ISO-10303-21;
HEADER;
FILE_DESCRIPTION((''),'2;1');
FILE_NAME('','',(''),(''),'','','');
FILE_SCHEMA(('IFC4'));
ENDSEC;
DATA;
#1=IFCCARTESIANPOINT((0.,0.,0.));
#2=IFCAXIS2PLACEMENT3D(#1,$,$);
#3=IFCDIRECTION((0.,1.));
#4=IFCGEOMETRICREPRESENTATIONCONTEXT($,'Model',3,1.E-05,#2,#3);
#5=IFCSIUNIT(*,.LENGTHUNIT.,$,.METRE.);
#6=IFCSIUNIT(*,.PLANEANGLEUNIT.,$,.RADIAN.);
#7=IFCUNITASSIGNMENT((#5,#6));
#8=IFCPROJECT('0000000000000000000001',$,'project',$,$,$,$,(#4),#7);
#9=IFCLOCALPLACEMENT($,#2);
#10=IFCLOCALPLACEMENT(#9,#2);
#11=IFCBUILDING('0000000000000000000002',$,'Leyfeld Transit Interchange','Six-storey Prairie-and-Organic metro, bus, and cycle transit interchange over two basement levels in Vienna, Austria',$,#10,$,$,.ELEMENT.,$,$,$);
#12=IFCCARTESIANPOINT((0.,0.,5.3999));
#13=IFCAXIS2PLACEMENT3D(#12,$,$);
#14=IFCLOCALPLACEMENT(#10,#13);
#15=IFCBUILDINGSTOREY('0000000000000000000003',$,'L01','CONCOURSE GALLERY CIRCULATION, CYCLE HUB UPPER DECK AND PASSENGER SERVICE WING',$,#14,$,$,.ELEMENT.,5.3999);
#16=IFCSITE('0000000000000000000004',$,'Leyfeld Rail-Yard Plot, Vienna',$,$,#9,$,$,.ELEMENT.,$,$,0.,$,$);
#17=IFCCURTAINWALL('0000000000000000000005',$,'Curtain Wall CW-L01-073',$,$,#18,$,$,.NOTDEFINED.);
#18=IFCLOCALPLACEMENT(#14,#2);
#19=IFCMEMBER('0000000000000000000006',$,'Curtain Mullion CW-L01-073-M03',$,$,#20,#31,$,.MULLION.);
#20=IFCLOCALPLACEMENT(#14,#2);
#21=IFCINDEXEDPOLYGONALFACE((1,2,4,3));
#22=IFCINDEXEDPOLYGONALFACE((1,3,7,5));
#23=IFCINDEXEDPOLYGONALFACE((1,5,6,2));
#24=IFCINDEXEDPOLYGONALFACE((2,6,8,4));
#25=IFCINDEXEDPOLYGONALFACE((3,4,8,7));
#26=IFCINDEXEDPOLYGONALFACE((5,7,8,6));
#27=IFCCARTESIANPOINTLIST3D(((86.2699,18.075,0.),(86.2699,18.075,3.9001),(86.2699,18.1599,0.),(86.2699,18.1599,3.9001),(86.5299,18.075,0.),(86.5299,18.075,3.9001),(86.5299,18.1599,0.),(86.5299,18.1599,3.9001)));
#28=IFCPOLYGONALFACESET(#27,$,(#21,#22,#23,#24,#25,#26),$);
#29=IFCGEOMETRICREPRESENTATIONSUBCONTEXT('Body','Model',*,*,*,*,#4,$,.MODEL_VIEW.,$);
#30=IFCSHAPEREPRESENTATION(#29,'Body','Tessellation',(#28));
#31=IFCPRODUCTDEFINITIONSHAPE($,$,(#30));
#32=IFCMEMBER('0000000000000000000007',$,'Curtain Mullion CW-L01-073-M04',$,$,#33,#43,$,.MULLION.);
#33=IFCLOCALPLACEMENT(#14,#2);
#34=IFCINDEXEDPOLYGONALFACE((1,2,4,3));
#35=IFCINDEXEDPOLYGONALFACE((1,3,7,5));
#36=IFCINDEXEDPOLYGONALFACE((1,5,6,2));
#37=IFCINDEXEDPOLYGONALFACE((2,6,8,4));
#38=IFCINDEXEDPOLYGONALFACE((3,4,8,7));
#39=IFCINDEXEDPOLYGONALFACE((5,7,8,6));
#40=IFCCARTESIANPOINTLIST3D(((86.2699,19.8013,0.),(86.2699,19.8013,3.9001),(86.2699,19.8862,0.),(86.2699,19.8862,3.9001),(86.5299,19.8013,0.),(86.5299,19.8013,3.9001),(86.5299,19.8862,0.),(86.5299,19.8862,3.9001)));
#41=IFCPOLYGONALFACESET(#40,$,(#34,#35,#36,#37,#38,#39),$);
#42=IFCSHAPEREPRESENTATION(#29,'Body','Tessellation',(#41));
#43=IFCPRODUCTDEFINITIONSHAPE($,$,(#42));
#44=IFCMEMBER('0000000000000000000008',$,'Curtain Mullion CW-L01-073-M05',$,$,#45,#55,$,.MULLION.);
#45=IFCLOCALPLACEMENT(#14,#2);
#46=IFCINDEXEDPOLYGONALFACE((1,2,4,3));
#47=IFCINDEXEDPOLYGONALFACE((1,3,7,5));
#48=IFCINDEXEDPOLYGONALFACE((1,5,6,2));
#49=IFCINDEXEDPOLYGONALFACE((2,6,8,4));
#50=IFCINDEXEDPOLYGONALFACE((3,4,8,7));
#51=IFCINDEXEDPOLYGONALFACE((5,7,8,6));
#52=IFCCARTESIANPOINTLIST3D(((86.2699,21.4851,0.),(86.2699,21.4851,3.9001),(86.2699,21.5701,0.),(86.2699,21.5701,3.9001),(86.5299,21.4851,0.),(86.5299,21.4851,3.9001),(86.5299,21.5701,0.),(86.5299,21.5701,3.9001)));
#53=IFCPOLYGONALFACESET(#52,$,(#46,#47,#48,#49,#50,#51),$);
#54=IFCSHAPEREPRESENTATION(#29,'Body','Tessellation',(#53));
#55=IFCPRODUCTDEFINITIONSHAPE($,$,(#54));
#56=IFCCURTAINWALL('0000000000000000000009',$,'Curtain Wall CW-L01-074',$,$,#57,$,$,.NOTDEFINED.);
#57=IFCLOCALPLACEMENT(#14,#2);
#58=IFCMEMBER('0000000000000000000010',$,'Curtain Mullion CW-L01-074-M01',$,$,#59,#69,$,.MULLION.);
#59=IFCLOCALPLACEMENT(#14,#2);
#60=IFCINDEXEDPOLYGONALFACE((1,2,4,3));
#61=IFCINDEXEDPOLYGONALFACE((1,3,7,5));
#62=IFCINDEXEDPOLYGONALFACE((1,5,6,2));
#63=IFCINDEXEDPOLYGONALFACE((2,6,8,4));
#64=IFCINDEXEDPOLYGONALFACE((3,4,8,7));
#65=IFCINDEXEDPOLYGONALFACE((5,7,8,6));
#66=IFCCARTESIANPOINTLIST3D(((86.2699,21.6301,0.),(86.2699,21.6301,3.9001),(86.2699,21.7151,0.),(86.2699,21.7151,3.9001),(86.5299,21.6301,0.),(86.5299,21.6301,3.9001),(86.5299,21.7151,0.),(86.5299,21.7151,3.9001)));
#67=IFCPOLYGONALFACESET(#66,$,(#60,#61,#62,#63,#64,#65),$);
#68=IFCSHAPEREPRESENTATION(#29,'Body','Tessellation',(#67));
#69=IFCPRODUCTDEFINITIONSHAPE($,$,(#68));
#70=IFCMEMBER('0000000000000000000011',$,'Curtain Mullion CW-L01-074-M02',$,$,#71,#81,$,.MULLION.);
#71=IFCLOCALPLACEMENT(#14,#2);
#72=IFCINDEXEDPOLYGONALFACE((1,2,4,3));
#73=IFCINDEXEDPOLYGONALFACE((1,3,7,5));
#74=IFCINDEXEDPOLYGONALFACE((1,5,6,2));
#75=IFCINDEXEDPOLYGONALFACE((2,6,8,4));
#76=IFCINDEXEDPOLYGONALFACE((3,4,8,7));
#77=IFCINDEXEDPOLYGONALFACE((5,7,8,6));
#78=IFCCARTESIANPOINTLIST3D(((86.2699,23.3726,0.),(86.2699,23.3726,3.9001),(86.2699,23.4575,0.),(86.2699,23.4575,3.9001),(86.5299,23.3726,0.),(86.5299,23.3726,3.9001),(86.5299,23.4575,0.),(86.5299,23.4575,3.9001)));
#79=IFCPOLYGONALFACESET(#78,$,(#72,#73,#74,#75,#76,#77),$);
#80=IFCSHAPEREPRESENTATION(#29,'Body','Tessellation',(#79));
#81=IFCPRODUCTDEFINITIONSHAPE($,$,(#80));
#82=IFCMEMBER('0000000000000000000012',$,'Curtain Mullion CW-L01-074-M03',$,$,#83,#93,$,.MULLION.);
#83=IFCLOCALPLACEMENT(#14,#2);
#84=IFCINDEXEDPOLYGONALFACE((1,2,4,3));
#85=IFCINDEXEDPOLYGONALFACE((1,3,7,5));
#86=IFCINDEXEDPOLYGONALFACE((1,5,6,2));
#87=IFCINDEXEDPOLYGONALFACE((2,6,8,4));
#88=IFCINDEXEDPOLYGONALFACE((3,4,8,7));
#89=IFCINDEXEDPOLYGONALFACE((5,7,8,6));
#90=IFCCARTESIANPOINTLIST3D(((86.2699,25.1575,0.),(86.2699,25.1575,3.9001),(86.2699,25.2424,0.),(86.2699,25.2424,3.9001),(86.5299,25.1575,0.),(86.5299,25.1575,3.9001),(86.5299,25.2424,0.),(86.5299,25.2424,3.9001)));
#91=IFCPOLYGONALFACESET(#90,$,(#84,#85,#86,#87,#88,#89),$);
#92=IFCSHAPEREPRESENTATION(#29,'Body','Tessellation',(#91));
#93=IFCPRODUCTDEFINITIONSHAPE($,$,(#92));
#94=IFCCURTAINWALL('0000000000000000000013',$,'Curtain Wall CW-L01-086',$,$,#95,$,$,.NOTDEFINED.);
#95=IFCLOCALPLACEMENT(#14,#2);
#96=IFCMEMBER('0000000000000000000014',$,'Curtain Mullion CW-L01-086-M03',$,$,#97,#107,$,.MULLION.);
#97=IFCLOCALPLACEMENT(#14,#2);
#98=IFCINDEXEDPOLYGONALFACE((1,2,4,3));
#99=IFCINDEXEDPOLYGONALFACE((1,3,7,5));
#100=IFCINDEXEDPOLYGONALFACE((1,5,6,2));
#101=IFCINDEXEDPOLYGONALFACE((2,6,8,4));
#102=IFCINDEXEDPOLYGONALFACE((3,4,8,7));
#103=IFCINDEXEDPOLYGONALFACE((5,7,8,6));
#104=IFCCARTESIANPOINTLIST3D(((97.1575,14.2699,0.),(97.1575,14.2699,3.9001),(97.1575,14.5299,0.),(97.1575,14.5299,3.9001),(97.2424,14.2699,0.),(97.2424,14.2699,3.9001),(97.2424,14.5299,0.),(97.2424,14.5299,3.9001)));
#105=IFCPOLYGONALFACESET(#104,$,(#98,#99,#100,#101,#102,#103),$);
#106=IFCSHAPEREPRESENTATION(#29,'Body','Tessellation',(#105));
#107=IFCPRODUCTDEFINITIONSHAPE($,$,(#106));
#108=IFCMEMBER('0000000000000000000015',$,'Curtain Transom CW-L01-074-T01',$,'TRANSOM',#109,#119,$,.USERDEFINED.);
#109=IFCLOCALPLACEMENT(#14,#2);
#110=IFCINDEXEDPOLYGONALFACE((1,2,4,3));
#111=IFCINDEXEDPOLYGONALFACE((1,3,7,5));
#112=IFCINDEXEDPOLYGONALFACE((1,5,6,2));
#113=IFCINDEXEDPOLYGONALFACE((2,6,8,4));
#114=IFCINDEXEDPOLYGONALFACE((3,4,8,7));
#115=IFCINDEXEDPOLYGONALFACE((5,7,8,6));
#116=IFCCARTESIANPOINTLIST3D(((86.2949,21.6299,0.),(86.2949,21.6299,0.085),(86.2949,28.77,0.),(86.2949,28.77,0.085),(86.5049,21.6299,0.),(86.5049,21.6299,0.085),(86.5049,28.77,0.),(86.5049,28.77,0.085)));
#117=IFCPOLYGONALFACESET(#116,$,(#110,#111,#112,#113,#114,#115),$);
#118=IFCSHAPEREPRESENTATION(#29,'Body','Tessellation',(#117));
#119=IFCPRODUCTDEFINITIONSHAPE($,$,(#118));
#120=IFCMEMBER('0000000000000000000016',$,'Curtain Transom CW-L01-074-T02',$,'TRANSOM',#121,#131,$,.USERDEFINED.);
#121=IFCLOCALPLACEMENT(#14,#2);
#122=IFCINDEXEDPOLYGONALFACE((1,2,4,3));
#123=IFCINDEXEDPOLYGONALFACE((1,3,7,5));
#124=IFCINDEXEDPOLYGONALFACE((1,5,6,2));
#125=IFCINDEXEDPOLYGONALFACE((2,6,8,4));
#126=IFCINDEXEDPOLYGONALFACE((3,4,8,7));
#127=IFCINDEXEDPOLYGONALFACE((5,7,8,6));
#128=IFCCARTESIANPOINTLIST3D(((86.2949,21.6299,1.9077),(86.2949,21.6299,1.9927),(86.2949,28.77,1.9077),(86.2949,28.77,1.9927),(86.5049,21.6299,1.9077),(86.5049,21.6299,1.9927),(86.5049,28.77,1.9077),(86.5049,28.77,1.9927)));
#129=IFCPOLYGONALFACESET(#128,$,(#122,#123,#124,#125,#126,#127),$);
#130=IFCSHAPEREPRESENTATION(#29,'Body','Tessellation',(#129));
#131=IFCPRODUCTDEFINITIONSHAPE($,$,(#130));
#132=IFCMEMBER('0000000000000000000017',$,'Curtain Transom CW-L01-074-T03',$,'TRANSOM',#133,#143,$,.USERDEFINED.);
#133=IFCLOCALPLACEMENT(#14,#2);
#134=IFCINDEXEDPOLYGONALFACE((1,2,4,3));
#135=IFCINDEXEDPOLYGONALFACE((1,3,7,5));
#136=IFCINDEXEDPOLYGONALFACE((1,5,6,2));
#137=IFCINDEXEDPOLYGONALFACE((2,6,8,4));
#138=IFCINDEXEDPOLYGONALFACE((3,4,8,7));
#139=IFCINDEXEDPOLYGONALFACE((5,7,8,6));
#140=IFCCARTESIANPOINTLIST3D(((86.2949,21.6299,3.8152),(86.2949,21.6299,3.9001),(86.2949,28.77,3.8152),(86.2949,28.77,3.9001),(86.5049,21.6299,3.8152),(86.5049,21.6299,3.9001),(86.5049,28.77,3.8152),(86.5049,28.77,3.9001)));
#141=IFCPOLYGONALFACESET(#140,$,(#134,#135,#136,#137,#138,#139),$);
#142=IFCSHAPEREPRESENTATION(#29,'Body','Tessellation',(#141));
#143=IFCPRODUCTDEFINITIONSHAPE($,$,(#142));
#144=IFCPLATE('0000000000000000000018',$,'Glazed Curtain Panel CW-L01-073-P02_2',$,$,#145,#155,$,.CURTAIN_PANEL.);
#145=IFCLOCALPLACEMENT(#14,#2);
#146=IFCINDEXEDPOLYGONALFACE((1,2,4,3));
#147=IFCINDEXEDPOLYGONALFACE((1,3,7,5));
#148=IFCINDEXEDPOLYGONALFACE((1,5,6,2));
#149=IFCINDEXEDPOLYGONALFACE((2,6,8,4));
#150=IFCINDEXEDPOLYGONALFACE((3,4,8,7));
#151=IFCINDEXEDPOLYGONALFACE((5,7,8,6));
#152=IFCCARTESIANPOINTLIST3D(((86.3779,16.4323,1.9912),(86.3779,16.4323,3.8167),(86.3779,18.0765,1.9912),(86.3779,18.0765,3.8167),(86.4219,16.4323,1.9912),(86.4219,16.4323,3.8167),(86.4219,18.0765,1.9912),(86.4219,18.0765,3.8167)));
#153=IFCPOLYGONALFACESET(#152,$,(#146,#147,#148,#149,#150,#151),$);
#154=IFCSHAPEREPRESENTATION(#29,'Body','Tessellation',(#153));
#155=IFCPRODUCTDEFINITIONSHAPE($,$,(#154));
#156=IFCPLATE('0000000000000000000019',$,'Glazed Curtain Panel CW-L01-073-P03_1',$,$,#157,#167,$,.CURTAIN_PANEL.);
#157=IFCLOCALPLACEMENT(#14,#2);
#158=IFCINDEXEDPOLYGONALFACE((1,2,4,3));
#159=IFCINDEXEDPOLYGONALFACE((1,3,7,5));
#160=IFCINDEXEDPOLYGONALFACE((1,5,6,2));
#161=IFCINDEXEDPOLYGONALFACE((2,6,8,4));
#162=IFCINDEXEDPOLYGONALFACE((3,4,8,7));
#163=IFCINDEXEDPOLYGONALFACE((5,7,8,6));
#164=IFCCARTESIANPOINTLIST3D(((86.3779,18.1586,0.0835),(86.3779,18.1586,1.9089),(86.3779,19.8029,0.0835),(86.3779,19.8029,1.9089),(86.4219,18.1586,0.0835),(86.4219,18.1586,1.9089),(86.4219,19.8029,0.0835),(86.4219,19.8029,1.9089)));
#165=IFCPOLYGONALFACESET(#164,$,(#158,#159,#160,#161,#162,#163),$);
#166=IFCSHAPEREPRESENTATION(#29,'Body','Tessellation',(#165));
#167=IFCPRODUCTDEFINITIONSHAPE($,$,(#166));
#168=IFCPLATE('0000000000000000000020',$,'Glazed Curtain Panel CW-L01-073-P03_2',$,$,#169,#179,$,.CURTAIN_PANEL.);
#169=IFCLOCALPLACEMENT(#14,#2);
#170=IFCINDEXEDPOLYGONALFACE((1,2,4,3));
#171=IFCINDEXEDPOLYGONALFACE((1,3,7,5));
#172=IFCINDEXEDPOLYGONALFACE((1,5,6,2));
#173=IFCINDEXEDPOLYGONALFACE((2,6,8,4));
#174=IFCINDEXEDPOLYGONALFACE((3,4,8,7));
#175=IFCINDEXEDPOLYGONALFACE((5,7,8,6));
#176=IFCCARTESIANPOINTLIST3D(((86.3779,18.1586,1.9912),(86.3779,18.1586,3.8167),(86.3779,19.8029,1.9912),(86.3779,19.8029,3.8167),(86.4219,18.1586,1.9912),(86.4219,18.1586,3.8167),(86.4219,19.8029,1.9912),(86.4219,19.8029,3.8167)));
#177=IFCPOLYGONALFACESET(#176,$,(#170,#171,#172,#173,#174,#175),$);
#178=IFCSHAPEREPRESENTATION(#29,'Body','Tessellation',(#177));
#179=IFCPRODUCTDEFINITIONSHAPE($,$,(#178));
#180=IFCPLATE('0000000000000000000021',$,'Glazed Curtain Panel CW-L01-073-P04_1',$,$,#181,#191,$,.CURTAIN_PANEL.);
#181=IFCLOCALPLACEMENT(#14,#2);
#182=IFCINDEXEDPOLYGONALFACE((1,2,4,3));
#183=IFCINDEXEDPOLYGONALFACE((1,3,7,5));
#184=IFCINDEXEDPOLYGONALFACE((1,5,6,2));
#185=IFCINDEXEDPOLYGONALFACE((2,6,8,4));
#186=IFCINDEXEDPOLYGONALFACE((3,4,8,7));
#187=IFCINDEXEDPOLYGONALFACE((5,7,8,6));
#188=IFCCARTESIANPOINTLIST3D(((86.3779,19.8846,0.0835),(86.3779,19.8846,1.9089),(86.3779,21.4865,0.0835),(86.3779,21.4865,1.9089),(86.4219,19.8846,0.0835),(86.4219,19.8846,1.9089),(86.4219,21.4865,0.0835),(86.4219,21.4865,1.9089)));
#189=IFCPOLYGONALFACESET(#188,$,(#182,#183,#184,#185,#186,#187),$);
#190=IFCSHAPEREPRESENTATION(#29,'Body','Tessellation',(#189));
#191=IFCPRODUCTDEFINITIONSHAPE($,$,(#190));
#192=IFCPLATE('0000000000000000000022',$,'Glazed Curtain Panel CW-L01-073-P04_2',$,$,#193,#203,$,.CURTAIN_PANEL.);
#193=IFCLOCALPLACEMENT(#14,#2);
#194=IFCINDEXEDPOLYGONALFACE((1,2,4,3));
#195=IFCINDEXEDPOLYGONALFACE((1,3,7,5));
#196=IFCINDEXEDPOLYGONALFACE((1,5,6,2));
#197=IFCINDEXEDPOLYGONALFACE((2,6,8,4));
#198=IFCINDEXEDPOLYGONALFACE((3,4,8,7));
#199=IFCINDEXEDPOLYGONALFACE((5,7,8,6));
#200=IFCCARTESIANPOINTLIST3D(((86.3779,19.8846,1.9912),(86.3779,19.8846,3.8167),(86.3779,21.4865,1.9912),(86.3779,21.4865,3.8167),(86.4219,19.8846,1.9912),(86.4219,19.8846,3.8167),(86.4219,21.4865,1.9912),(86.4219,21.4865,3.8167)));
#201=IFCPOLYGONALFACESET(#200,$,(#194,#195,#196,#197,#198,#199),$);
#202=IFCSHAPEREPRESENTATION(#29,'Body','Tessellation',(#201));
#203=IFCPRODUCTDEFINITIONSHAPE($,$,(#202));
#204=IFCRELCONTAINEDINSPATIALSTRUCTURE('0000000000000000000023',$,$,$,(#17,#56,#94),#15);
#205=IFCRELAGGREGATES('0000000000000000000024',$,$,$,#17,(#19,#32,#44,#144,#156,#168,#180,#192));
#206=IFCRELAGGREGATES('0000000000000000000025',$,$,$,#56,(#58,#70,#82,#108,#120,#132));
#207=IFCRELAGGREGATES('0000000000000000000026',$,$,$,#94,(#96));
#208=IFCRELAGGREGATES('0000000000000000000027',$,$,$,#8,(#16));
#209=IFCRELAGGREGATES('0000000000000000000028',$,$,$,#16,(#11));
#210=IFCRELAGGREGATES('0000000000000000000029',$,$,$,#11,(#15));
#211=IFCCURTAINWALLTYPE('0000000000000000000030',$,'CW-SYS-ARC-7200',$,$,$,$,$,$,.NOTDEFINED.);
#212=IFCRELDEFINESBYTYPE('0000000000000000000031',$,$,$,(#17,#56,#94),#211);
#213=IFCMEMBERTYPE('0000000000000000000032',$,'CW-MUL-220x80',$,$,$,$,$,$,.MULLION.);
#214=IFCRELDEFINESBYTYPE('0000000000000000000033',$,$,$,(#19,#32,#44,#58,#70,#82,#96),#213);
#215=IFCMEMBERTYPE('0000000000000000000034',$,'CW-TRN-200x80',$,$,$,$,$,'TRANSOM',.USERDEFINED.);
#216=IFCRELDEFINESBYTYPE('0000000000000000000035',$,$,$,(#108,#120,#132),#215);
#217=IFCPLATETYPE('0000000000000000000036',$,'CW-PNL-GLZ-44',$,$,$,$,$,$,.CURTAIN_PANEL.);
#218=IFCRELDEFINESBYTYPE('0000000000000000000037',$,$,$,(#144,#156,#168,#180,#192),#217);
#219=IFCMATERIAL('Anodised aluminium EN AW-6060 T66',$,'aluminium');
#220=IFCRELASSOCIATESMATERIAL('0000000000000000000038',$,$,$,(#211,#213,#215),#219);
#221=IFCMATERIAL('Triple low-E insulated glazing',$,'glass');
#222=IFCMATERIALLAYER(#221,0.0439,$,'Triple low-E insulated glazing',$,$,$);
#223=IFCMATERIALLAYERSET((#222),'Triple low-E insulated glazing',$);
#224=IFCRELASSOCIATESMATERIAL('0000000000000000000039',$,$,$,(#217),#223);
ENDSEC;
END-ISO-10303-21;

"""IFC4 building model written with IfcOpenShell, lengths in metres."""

from ifc_helpers import new_model, si_unit, direction, frame, origin, origin_2d, place, context, subcontext, project, spatial, rectangle, extrude, material, layer, layer_set, material_profile, profile_set, type_object, element, aggregate, save


model = new_model("IFC4")

# Units and contexts
model_context = context("Model", 3, precision=1e-05, world=origin(), true_north=direction((0.0, 1.0)))
body_context = subcontext(model_context, "Body", "Model", "MODEL_VIEW")
ifc_project = project(units=[si_unit("LENGTHUNIT", "METRE"), si_unit("PLANEANGLEUNIT", "RADIAN")], contexts=[model_context])

# Site, building, storey
site_placement = place(None, origin())
site = spatial("IfcSite", under=ifc_project, at=site_placement, Name="Leyfeld Rail-Yard Plot, Vienna", CompositionType="ELEMENT", RefElevation=0.0)
building_placement = place(site_placement, origin())
building = spatial("IfcBuilding", under=site, at=building_placement, Name="Leyfeld Transit Interchange", Description="Six-storey Prairie-and-Organic metro, bus, and cycle transit interchange over two basement levels in Vienna, Austria", CompositionType="ELEMENT")
storey_placement = place(building_placement, frame((0.0, 0.0, 5.3999)))
storey = spatial("IfcBuildingStorey", under=building, at=storey_placement, Name="L01", Description="CONCOURSE GALLERY CIRCULATION, CYCLE HUB UPPER DECK AND PASSENGER SERVICE WING", CompositionType="ELEMENT", Elevation=5.3999)

# Curtain walls, members
ifc_material_1 = material(Name="Anodised aluminium EN AW-6060 T66", Category="aluminium")
curtain_wall_type = type_object("IfcCurtainWallType", Name="CW-SYS-ARC-7200", PredefinedType="NOTDEFINED", material=ifc_material_1)
curtain_wall_1_placement = place(storey_placement, origin())
curtain_wall_1 = element("IfcCurtainWall", 1, at=curtain_wall_1_placement, inside=storey, type_object=curtain_wall_type, Name="Curtain Wall CW-L01-073", PredefinedType="NOTDEFINED")
ifc_material_profile_1 = material_profile(ifc_material_1, rectangle(XDim=0.085, YDim=0.26, at=origin_2d()), Name="CW-M 85x260")
ifc_profile_set_1 = profile_set([ifc_material_profile_1], Name="Anodised aluminium EN AW-6060 T66")
member_type_1 = type_object("IfcMemberType", Name="CW-MUL-220x80", PredefinedType="MULLION", material=ifc_profile_set_1)
member_1_placement = place(storey_placement, frame((86.3999, 18.1174, 0.0), z_axis=(0.0, 0.0, 1.0), x_axis=(0.0, 1.0, 0.0)))
member_1 = element("IfcMember", 2, at=member_1_placement, type_object=member_type_1, Name="Curtain Mullion CW-L01-073-M03", PredefinedType="MULLION", context=body_context, shape_type="SweptSolid", body=[
    extrude(rectangle(XDim=0.085, YDim=0.26, at=origin_2d()), origin(), (0.0, 0.0, 1.0), 3.9001),
])
member_2_placement = place(storey_placement, frame((86.3999, 19.8438, 0.0), z_axis=(0.0, 0.0, 1.0), x_axis=(0.0, 1.0, 0.0)))
member_2 = element("IfcMember", 3, at=member_2_placement, type_object=member_type_1, Name="Curtain Mullion CW-L01-073-M04", PredefinedType="MULLION", context=body_context, shape_type="SweptSolid", body=[
    extrude(rectangle(XDim=0.085, YDim=0.26, at=origin_2d()), origin(), (0.0, 0.0, 1.0), 3.9001),
])
member_3_placement = place(storey_placement, frame((86.3999, 21.5276, 0.0), z_axis=(0.0, 0.0, 1.0), x_axis=(0.0, 1.0, 0.0)))
member_3 = element("IfcMember", 4, at=member_3_placement, type_object=member_type_1, Name="Curtain Mullion CW-L01-073-M05", PredefinedType="MULLION", context=body_context, shape_type="SweptSolid", body=[
    extrude(rectangle(XDim=0.085, YDim=0.26, at=origin_2d()), origin(), (0.0, 0.0, 1.0), 3.9001),
])
curtain_wall_2_placement = place(storey_placement, origin())
curtain_wall_2 = element("IfcCurtainWall", 5, at=curtain_wall_2_placement, inside=storey, type_object=curtain_wall_type, Name="Curtain Wall CW-L01-074", PredefinedType="NOTDEFINED")
member_4_placement = place(storey_placement, frame((86.3999, 21.6726, 0.0), z_axis=(0.0, 0.0, 1.0), x_axis=(0.0, 1.0, 0.0)))
member_4 = element("IfcMember", 6, at=member_4_placement, type_object=member_type_1, Name="Curtain Mullion CW-L01-074-M01", PredefinedType="MULLION", context=body_context, shape_type="SweptSolid", body=[
    extrude(rectangle(XDim=0.085, YDim=0.26, at=origin_2d()), origin(), (0.0, 0.0, 1.0), 3.9001),
])
member_5_placement = place(storey_placement, frame((86.3999, 23.415, 0.0), z_axis=(0.0, 0.0, 1.0), x_axis=(0.0, 1.0, 0.0)))
member_5 = element("IfcMember", 7, at=member_5_placement, type_object=member_type_1, Name="Curtain Mullion CW-L01-074-M02", PredefinedType="MULLION", context=body_context, shape_type="SweptSolid", body=[
    extrude(rectangle(XDim=0.085, YDim=0.26, at=origin_2d()), origin(), (0.0, 0.0, 1.0), 3.9001),
])
member_6_placement = place(storey_placement, frame((86.3999, 25.2, 0.0), z_axis=(0.0, 0.0, 1.0), x_axis=(0.0, 1.0, 0.0)))
member_6 = element("IfcMember", 8, at=member_6_placement, type_object=member_type_1, Name="Curtain Mullion CW-L01-074-M03", PredefinedType="MULLION", context=body_context, shape_type="SweptSolid", body=[
    extrude(rectangle(XDim=0.085, YDim=0.26, at=origin_2d()), origin(), (0.0, 0.0, 1.0), 3.9001),
])

# Curtain wall, member
curtain_wall_3_placement = place(storey_placement, origin())
curtain_wall_3 = element("IfcCurtainWall", 9, at=curtain_wall_3_placement, inside=storey, type_object=curtain_wall_type, Name="Curtain Wall CW-L01-086", PredefinedType="NOTDEFINED")
member_7_placement = place(storey_placement, frame((97.2, 14.3999, 0.0), z_axis=(0.0, 0.0, 1.0), x_axis=(-1.0, 0.0, 0.0)))
member_7 = element("IfcMember", 10, at=member_7_placement, type_object=member_type_1, Name="Curtain Mullion CW-L01-086-M03", PredefinedType="MULLION", context=body_context, shape_type="SweptSolid", body=[
    extrude(rectangle(XDim=0.085, YDim=0.26, at=origin_2d()), origin(), (0.0, 0.0, 1.0), 3.9001),
])

# Members
ifc_material_profile_2 = material_profile(ifc_material_1, rectangle(XDim=0.21, YDim=0.085, at=origin_2d()), Name="CW-TRN-200x80")
ifc_profile_set_2 = profile_set([ifc_material_profile_2], Name="Anodised aluminium EN AW-6060 T66")
member_type_2 = type_object("IfcMemberType", Name="CW-TRN-200x80", ElementType="TRANSOM", PredefinedType="USERDEFINED", material=ifc_profile_set_2)
member_8_placement = place(storey_placement, frame((86.3999, 21.6299, 0.0425), z_axis=(0.0, 1.0, 0.0), x_axis=(-1.0, 0.0, 0.0)))
member_8 = element("IfcMember", 11, at=member_8_placement, type_object=member_type_2, Name="Curtain Transom CW-L01-074-T01", ObjectType="TRANSOM", PredefinedType="USERDEFINED", context=body_context, shape_type="SweptSolid", body=[
    extrude(rectangle(XDim=0.21, YDim=0.085, at=origin_2d()), origin(), (0.0, 0.0, 1.0), 7.1401),
])
member_9_placement = place(storey_placement, frame((86.3999, 21.6299, 1.9502), z_axis=(0.0, 1.0, 0.0), x_axis=(-1.0, 0.0, 0.0)))
member_9 = element("IfcMember", 12, at=member_9_placement, type_object=member_type_2, Name="Curtain Transom CW-L01-074-T02", ObjectType="TRANSOM", PredefinedType="USERDEFINED", context=body_context, shape_type="SweptSolid", body=[
    extrude(rectangle(XDim=0.21, YDim=0.085, at=origin_2d()), origin(), (0.0, 0.0, 1.0), 7.1401),
])
member_10_placement = place(storey_placement, frame((86.3999, 21.6299, 3.8577), z_axis=(0.0, 1.0, 0.0), x_axis=(-1.0, 0.0, 0.0)))
member_10 = element("IfcMember", 13, at=member_10_placement, type_object=member_type_2, Name="Curtain Transom CW-L01-074-T03", ObjectType="TRANSOM", PredefinedType="USERDEFINED", context=body_context, shape_type="SweptSolid", body=[
    extrude(rectangle(XDim=0.21, YDim=0.085, at=origin_2d()), origin(), (0.0, 0.0, 1.0), 7.1401),
])

# Plates
ifc_material_2 = material(Name="Triple low-E insulated glazing", Category="glass")
ifc_layer = layer(ifc_material_2, 0.0439, Name="Triple low-E insulated glazing")
ifc_layer_set = layer_set([ifc_layer], Name="Triple low-E insulated glazing")
plate_type = type_object("IfcPlateType", Name="CW-PNL-GLZ-44", PredefinedType="CURTAIN_PANEL", material=ifc_layer_set)
plate_1_placement = place(storey_placement, frame((86.3999, 17.2544, 1.9912), z_axis=(0.0, 0.0, 1.0), x_axis=(0.0, 1.0, 0.0)))
plate_1 = element("IfcPlate", 14, at=plate_1_placement, type_object=plate_type, Name="Glazed Curtain Panel CW-L01-073-P02_2", PredefinedType="CURTAIN_PANEL", context=body_context, shape_type="SweptSolid", body=[
    extrude(rectangle(XDim=1.6443, YDim=0.0439, at=origin_2d()), origin(), (0.0, 0.0, 1.0), 1.8254),
])
plate_2_placement = place(storey_placement, frame((86.3999, 18.9807, 0.0835), z_axis=(0.0, 0.0, 1.0), x_axis=(0.0, 1.0, 0.0)))
plate_2 = element("IfcPlate", 15, at=plate_2_placement, type_object=plate_type, Name="Glazed Curtain Panel CW-L01-073-P03_1", PredefinedType="CURTAIN_PANEL", context=body_context, shape_type="SweptSolid", body=[
    extrude(rectangle(XDim=1.6443, YDim=0.0439, at=origin_2d()), origin(), (0.0, 0.0, 1.0), 1.8254),
])
plate_3_placement = place(storey_placement, frame((86.3999, 18.9807, 1.9912), z_axis=(0.0, 0.0, 1.0), x_axis=(0.0, 1.0, 0.0)))
plate_3 = element("IfcPlate", 16, at=plate_3_placement, type_object=plate_type, Name="Glazed Curtain Panel CW-L01-073-P03_2", PredefinedType="CURTAIN_PANEL", context=body_context, shape_type="SweptSolid", body=[
    extrude(rectangle(XDim=1.6443, YDim=0.0439, at=origin_2d()), origin(), (0.0, 0.0, 1.0), 1.8254),
])
plate_4_placement = place(storey_placement, frame((86.3999, 20.6855, 0.0835), z_axis=(0.0, 0.0, 1.0), x_axis=(0.0, 1.0, 0.0)))
plate_4 = element("IfcPlate", 17, at=plate_4_placement, type_object=plate_type, Name="Glazed Curtain Panel CW-L01-073-P04_1", PredefinedType="CURTAIN_PANEL", context=body_context, shape_type="SweptSolid", body=[
    extrude(rectangle(XDim=1.6018, YDim=0.0439, at=origin_2d()), origin(), (0.0, 0.0, 1.0), 1.8254),
])
plate_5_placement = place(storey_placement, frame((86.3999, 20.6855, 1.9912), z_axis=(0.0, 0.0, 1.0), x_axis=(0.0, 1.0, 0.0)))
plate_5 = element("IfcPlate", 18, at=plate_5_placement, type_object=plate_type, Name="Glazed Curtain Panel CW-L01-073-P04_2", PredefinedType="CURTAIN_PANEL", context=body_context, shape_type="SweptSolid", body=[
    extrude(rectangle(XDim=1.6018, YDim=0.0439, at=origin_2d()), origin(), (0.0, 0.0, 1.0), 1.8254),
])
aggregate(curtain_wall_1, [member_1, member_2, member_3, plate_1, plate_2, plate_3, plate_4, plate_5])
aggregate(curtain_wall_2, [member_4, member_5, member_6, member_8, member_9, member_10])
aggregate(curtain_wall_3, [member_7])

save(model, "model.ifc")
